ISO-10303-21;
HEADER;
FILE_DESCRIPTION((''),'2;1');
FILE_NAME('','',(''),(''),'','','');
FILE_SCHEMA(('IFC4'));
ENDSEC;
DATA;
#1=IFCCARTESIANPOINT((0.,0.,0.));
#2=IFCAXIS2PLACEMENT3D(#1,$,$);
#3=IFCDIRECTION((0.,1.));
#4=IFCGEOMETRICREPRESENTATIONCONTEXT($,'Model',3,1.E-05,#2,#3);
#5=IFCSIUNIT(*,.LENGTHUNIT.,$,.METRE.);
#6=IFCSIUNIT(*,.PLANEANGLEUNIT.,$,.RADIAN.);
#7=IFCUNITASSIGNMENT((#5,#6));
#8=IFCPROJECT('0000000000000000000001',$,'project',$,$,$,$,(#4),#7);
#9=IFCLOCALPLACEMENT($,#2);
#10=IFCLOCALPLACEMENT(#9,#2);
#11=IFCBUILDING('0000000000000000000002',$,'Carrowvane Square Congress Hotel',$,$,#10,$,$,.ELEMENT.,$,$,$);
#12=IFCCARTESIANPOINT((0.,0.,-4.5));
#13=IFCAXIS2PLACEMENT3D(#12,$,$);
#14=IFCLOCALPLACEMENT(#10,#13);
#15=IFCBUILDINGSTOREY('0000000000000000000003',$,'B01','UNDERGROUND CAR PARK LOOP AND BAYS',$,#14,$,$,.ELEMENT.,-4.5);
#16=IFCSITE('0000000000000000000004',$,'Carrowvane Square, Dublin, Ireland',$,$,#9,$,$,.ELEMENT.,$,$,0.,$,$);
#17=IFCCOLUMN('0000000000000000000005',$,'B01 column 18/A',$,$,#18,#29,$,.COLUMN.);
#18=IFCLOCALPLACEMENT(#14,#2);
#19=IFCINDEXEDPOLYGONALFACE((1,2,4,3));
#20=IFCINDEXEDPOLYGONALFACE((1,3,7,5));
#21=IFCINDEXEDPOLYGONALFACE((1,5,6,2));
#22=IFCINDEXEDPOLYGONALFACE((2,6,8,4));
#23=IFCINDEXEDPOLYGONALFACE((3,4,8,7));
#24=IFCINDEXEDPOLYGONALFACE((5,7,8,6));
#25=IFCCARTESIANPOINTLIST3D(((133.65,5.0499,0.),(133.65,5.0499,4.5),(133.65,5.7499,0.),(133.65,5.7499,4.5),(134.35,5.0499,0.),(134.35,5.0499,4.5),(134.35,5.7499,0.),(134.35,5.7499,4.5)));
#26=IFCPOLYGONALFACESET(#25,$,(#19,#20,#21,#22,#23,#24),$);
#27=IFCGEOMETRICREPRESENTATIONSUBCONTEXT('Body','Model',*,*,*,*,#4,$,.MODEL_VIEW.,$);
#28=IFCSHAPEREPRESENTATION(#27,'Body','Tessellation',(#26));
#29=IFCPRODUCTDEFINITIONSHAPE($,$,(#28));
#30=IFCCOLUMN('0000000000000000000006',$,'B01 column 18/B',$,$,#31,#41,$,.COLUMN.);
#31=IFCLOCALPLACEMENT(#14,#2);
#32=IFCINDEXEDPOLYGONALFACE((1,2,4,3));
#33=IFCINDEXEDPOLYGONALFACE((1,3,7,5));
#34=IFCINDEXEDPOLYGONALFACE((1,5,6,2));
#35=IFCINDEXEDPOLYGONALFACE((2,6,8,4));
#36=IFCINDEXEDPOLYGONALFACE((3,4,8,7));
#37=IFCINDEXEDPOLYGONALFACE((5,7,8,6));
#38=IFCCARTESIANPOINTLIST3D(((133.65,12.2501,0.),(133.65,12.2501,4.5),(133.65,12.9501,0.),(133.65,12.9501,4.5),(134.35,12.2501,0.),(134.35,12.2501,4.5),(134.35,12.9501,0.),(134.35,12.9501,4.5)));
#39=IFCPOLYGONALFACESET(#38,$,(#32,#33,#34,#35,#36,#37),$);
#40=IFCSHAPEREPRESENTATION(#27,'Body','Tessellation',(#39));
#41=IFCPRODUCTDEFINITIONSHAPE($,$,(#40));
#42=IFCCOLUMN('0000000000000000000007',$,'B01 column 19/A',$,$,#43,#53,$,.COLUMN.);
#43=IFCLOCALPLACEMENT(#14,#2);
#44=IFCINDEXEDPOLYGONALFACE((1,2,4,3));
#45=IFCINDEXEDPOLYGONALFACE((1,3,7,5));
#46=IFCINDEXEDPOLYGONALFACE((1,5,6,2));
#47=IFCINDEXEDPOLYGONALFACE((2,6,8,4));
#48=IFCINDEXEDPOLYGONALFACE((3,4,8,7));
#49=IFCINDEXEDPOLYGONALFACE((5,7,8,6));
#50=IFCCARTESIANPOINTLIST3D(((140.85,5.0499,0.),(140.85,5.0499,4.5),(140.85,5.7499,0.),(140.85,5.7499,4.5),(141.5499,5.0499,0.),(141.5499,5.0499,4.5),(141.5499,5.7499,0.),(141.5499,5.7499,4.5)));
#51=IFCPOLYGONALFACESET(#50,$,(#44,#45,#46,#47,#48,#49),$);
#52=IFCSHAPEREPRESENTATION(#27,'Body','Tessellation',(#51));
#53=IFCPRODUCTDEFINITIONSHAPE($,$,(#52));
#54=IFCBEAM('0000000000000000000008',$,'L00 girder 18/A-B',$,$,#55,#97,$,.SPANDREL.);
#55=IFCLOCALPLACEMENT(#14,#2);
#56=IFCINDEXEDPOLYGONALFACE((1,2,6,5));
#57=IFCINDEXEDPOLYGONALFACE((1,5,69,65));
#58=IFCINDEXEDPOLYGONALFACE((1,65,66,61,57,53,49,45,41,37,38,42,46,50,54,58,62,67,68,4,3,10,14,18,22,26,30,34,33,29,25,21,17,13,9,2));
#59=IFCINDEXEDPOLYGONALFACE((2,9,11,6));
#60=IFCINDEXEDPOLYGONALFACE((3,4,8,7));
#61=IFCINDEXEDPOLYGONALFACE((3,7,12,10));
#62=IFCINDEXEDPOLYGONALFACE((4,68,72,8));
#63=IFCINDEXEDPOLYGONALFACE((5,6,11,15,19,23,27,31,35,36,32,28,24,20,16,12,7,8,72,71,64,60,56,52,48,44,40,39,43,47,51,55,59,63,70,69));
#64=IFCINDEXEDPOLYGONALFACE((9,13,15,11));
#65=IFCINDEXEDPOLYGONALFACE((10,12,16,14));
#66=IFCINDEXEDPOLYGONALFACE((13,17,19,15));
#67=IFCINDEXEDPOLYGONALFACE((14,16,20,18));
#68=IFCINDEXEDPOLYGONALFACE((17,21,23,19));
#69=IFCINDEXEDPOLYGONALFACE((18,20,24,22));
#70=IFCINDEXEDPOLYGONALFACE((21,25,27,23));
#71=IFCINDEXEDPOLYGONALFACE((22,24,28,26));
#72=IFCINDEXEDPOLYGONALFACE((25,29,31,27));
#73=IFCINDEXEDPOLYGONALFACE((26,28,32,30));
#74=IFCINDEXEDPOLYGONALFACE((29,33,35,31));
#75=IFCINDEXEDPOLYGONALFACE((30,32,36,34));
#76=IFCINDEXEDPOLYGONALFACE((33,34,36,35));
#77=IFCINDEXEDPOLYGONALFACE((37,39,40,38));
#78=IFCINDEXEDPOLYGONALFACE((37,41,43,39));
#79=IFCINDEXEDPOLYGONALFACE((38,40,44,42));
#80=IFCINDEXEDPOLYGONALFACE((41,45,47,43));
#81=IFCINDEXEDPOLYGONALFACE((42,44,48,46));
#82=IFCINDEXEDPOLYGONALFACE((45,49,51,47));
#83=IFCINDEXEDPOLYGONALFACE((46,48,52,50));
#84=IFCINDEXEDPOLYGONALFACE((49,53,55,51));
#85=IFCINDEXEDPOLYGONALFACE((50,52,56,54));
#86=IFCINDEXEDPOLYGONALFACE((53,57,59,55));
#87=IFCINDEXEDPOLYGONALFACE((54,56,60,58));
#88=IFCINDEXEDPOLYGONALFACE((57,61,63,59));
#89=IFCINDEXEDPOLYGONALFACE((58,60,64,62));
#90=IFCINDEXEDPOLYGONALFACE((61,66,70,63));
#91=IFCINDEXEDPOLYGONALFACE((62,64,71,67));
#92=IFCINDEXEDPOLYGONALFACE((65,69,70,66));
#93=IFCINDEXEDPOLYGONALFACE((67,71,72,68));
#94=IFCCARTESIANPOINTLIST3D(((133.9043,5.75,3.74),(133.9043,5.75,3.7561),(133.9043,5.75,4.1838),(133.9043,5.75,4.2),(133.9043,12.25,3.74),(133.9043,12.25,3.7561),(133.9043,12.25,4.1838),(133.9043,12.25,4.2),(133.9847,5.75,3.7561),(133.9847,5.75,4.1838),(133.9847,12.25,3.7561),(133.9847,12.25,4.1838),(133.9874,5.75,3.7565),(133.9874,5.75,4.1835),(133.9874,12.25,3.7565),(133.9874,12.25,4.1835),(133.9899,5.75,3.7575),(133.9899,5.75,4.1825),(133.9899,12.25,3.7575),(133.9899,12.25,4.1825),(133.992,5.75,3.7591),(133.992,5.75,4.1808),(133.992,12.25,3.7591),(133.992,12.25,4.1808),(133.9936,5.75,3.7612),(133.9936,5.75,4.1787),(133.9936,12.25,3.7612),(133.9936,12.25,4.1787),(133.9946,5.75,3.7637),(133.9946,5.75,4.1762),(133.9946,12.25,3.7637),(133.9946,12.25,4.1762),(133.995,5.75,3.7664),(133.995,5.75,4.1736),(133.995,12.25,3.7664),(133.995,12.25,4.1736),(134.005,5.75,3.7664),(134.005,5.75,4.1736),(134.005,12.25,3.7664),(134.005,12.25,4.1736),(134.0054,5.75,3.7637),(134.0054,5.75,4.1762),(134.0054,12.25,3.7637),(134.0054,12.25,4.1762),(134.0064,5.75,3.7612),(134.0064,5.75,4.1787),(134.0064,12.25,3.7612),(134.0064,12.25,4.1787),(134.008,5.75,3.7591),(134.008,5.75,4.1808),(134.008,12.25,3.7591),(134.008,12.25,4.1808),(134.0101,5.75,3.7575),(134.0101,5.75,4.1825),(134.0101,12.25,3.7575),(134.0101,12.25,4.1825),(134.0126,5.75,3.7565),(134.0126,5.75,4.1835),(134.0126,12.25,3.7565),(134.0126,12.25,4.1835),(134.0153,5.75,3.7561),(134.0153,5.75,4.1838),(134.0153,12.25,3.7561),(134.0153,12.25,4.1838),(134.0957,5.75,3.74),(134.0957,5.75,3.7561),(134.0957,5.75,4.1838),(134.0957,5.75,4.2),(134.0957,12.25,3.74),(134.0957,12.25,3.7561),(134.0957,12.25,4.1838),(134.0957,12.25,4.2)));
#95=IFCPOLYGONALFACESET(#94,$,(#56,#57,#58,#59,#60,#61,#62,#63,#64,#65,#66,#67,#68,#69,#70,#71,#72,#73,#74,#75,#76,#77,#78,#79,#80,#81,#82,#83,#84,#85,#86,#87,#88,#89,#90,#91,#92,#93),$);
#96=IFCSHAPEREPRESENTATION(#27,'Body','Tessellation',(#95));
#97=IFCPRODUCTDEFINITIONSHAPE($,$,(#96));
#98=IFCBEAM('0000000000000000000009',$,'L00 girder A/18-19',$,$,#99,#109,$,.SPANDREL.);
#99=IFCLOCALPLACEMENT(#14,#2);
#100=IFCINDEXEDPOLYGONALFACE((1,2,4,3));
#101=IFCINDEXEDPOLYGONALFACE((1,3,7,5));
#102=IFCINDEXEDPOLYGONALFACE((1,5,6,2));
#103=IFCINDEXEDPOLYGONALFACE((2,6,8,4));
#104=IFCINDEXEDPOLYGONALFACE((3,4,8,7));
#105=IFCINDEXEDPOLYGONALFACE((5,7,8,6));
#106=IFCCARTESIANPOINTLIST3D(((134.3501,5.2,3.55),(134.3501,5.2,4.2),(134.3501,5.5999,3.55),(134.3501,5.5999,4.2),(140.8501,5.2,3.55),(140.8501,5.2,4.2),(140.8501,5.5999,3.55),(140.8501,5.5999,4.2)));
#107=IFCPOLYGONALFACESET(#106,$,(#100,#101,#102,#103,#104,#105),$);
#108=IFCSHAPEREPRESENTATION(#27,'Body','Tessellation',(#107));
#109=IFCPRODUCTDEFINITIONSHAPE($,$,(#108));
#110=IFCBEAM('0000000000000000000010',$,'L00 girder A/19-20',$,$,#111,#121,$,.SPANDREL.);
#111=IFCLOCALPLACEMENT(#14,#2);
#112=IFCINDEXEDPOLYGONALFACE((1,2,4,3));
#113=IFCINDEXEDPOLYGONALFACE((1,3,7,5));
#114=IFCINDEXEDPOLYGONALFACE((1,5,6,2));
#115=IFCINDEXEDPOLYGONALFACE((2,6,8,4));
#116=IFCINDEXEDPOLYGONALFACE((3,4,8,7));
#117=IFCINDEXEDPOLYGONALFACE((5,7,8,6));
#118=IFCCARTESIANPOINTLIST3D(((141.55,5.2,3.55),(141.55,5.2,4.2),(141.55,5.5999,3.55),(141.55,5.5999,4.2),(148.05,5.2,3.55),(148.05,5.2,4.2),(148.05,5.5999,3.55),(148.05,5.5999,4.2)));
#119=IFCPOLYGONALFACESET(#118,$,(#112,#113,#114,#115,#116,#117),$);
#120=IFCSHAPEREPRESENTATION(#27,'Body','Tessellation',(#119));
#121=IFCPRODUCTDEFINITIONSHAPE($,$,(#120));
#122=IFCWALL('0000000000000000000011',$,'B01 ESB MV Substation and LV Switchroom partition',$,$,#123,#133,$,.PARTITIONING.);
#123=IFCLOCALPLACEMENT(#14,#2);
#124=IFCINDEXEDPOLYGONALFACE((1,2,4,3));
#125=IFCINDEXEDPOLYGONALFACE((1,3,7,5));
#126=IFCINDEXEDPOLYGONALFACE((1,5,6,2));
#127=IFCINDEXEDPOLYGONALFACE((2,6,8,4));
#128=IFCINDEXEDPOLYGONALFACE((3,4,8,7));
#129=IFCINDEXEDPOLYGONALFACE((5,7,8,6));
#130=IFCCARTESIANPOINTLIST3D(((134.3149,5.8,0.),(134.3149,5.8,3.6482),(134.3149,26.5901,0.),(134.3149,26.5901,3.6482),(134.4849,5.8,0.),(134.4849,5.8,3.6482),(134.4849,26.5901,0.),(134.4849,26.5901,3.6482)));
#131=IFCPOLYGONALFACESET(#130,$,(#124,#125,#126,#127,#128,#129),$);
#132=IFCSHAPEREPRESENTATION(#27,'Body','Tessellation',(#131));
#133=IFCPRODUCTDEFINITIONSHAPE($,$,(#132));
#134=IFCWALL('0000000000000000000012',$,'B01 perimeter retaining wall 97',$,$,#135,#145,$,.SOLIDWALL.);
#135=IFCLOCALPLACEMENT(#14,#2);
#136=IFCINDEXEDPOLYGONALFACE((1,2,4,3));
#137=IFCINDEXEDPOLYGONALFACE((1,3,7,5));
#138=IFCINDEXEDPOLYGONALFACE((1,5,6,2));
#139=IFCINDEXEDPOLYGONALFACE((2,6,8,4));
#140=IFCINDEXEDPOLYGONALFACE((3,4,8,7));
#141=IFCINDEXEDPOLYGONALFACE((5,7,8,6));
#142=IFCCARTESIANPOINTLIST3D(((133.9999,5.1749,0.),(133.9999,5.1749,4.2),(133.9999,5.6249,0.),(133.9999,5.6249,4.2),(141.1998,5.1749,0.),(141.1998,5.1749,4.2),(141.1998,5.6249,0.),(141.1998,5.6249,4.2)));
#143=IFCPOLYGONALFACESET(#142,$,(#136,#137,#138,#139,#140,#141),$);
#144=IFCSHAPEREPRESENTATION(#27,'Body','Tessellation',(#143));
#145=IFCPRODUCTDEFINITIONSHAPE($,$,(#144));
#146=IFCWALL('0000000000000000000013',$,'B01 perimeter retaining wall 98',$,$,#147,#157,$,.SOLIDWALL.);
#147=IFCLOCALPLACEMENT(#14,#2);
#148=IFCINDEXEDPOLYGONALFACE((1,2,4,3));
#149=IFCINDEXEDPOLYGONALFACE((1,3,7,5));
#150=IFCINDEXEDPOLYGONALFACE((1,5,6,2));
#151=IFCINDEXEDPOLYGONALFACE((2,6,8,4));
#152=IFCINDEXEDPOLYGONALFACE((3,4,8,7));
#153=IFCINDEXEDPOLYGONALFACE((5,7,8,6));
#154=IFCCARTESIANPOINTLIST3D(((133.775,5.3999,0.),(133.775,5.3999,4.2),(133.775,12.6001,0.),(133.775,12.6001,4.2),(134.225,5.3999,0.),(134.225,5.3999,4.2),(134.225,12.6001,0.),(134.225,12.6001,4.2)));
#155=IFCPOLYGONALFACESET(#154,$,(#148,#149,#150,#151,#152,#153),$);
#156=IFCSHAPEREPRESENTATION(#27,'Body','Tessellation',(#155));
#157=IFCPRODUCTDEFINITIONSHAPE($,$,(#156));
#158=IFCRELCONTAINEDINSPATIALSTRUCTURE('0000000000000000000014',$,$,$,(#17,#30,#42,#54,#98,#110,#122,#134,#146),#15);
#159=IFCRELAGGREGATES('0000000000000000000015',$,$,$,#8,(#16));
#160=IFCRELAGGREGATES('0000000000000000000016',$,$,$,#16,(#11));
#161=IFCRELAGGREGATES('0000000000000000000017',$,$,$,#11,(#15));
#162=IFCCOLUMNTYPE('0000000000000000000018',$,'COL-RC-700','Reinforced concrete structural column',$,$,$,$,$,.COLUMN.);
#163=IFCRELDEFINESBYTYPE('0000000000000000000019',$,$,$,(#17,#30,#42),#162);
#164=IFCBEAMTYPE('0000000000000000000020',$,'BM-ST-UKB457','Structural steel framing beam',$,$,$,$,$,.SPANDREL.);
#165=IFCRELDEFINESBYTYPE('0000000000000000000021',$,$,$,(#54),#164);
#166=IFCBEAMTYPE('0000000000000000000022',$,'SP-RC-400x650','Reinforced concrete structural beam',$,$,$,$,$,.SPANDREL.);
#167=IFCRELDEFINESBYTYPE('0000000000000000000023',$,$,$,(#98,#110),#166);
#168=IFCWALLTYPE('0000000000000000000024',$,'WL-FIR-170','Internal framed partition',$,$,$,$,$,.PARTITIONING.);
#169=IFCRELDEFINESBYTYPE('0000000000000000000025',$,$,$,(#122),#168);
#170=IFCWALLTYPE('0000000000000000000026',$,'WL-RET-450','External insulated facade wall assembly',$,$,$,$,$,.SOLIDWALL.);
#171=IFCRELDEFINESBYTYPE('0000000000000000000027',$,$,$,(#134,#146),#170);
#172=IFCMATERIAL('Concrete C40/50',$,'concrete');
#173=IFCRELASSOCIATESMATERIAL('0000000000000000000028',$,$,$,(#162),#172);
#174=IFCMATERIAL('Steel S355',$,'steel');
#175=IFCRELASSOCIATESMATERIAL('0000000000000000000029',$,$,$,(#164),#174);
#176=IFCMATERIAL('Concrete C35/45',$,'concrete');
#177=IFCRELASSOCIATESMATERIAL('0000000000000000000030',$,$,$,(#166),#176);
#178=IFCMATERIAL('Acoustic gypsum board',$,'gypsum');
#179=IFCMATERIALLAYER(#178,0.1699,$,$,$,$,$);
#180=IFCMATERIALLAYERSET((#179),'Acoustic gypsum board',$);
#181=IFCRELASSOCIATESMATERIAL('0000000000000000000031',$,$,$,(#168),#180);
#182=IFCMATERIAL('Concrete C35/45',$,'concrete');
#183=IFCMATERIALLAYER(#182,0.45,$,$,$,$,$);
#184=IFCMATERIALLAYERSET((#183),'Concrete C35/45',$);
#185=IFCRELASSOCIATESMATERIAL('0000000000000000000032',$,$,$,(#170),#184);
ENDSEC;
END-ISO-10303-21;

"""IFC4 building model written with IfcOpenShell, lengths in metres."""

from ifc_helpers import new_model, si_unit, direction, frame, frame_2d, origin, origin_2d, place, context, subcontext, project, spatial, rectangle, i_section, extrude, material, layer, layer_set, material_profile, profile_set, type_object, element, save


model = new_model("IFC4")

# Units and contexts
model_context = context("Model", 3, precision=1e-05, world=origin(), true_north=direction((0.0, 1.0)))
body_context = subcontext(model_context, "Body", "Model", "MODEL_VIEW")
ifc_project = project(units=[si_unit("LENGTHUNIT", "METRE"), si_unit("PLANEANGLEUNIT", "RADIAN")], contexts=[model_context])

# Site, building, storey
site_placement = place(None, origin())
site = spatial("IfcSite", under=ifc_project, at=site_placement, Name="Carrowvane Square, Dublin, Ireland", CompositionType="ELEMENT", RefElevation=0.0)
building_placement = place(site_placement, origin())
building = spatial("IfcBuilding", under=site, at=building_placement, Name="Carrowvane Square Congress Hotel", CompositionType="ELEMENT")
storey_placement = place(building_placement, frame((0.0, 0.0, -4.5)))
storey = spatial("IfcBuildingStorey", under=building, at=storey_placement, Name="B01", Description="UNDERGROUND CAR PARK LOOP AND BAYS", CompositionType="ELEMENT", Elevation=-4.5)

# Columns
ifc_material_1 = material(Name="Concrete C40/50", Category="concrete")
ifc_material_profile_1 = material_profile(ifc_material_1, rectangle(XDim=0.7, YDim=0.7, at=origin_2d()), Name="RC 700x700")
ifc_profile_set_1 = profile_set([ifc_material_profile_1], Name="Concrete C40/50")
column_type = type_object("IfcColumnType", Name="COL-RC-700", Description="Reinforced concrete structural column", PredefinedType="COLUMN", material=ifc_profile_set_1)
for number, where, z_axis, x_axis, name in (
    (1, (134.0, 5.3999, 0.0), (0.0, 0.0, 1.0), (1.0, 0.0, 0.0), "B01 column 18/A"),
    (2, (134.0, 12.6001, 0.0), (0.0, 0.0, 1.0), (1.0, 0.0, 0.0), "B01 column 18/B"),
    (3, (141.2, 5.3999, 0.0), (0.0, 0.0, 1.0), (1.0, 0.0, 0.0), "B01 column 19/A"),
):
    element("IfcColumn", number, at=place(storey_placement, frame(where, z_axis=z_axis, x_axis=x_axis)), inside=storey, type_object=column_type, Name=name, PredefinedType="COLUMN", context=body_context, shape_type="SweptSolid", body=[
        extrude(rectangle(XDim=0.7, YDim=0.7, at=origin_2d()), origin(), (0.0, 0.0, 1.0), 4.5),
    ])

# Beams
ifc_material_2 = material(Name="Steel S355", Category="steel")
ifc_material_profile_2 = material_profile(ifc_material_2, i_section(OverallWidth=0.1914, OverallDepth=0.46, WebThickness=0.01, FlangeThickness=0.0161, FilletRadius=0.0103, at=origin_2d()), Name="UKB 457x191x82")
ifc_profile_set_2 = profile_set([ifc_material_profile_2], Name="Steel S355")
beam_type_1 = type_object("IfcBeamType", Name="BM-ST-UKB457", Description="Structural steel framing beam", PredefinedType="SPANDREL", material=ifc_profile_set_2)
beam_placement = place(storey_placement, frame((134.0, 5.75, 3.97), z_axis=(0.0, 1.0, 0.0), x_axis=(-1.0, 0.0, 0.0)))
element("IfcBeam", 4, at=beam_placement, inside=storey, type_object=beam_type_1, Name="L00 girder 18/A-B", PredefinedType="SPANDREL", context=body_context, shape_type="SweptSolid", body=[
    extrude(i_section(OverallWidth=0.1914, OverallDepth=0.46, WebThickness=0.01, FlangeThickness=0.0161, FilletRadius=0.0103, at=origin_2d()), origin(), (0.0, 0.0, 1.0), 6.5),
])
ifc_material_3 = material(Name="Concrete C35/45", Category="concrete")
ifc_material_profile_3 = material_profile(ifc_material_3, rectangle(XDim=0.3999, YDim=0.6499, at=origin_2d()), Name="RC 400x650")
ifc_profile_set_3 = profile_set([ifc_material_profile_3], Name="Concrete C35/45")
beam_type_2 = type_object("IfcBeamType", Name="SP-RC-400x650", Description="Reinforced concrete structural beam", PredefinedType="SPANDREL", material=ifc_profile_set_3)
for number, where, z_axis, x_axis, name in (
    (5, (134.3501, 5.3999, 3.875), (1.0, 0.0, 0.0), (0.0, 1.0, 0.0), "L00 girder A/18-19"),
    (6, (141.55, 5.3999, 3.875), (1.0, 0.0, 0.0), (0.0, 1.0, 0.0), "L00 girder A/19-20"),
):
    element("IfcBeam", number, at=place(storey_placement, frame(where, z_axis=z_axis, x_axis=x_axis)), inside=storey, type_object=beam_type_2, Name=name, PredefinedType="SPANDREL", context=body_context, shape_type="SweptSolid", body=[
        extrude(rectangle(XDim=0.3999, YDim=0.6499, at=origin_2d()), origin(), (0.0, 0.0, 1.0), 6.5),
    ])

# Walls
ifc_material_4 = material(Name="Acoustic gypsum board", Category="gypsum")
ifc_layer_1 = layer(ifc_material_4, 0.1699)
ifc_layer_set_1 = layer_set([ifc_layer_1], Name="Acoustic gypsum board")
wall_type_1 = type_object("IfcWallType", Name="WL-FIR-170", Description="Internal framed partition", PredefinedType="PARTITIONING", material=ifc_layer_set_1)
wall_1_placement = place(storey_placement, frame((134.3999, 5.8, 0.0), z_axis=(0.0, 0.0, 1.0), x_axis=(0.0, 1.0, 0.0)))
element("IfcWall", 7, at=wall_1_placement, inside=storey, type_object=wall_type_1, Name="B01 ESB MV Substation and LV Switchroom partition", PredefinedType="PARTITIONING", context=body_context, shape_type="SweptSolid", body=[
    extrude(rectangle(XDim=20.79, YDim=0.1699, at=frame_2d((10.395, 0.0))), origin(), (0.0, 0.0, 1.0), 3.6482),
])
ifc_material_5 = material(Name="Concrete C35/45", Category="concrete")
ifc_layer_2 = layer(ifc_material_5, 0.45)
ifc_layer_set_2 = layer_set([ifc_layer_2], Name="Concrete C35/45")
wall_type_2 = type_object("IfcWallType", Name="WL-RET-450", Description="External insulated facade wall assembly", PredefinedType="SOLIDWALL", material=ifc_layer_set_2)
wall_2_placement = place(storey_placement, frame((141.2, 5.3999, 0.0), z_axis=(0.0, 0.0, 1.0), x_axis=(-1.0, 0.0, 0.0)))
element("IfcWall", 8, at=wall_2_placement, inside=storey, type_object=wall_type_2, Name="B01 perimeter retaining wall 97", PredefinedType="SOLIDWALL", context=body_context, shape_type="SweptSolid", body=[
    extrude(rectangle(XDim=7.2, YDim=0.45, at=frame_2d((3.6001, 0.0))), origin(), (0.0, 0.0, 1.0), 4.2),
])
wall_3_placement = place(storey_placement, frame((134.0, 5.3999, 0.0), z_axis=(0.0, 0.0, 1.0), x_axis=(0.0, 1.0, 0.0)))
element("IfcWall", 9, at=wall_3_placement, inside=storey, type_object=wall_type_2, Name="B01 perimeter retaining wall 98", PredefinedType="SOLIDWALL", context=body_context, shape_type="SweptSolid", body=[
    extrude(rectangle(XDim=7.2002, YDim=0.45, at=frame_2d((3.6001, 0.0))), origin(), (0.0, 0.0, 1.0), 4.2),
])

save(model, "model.ifc")
